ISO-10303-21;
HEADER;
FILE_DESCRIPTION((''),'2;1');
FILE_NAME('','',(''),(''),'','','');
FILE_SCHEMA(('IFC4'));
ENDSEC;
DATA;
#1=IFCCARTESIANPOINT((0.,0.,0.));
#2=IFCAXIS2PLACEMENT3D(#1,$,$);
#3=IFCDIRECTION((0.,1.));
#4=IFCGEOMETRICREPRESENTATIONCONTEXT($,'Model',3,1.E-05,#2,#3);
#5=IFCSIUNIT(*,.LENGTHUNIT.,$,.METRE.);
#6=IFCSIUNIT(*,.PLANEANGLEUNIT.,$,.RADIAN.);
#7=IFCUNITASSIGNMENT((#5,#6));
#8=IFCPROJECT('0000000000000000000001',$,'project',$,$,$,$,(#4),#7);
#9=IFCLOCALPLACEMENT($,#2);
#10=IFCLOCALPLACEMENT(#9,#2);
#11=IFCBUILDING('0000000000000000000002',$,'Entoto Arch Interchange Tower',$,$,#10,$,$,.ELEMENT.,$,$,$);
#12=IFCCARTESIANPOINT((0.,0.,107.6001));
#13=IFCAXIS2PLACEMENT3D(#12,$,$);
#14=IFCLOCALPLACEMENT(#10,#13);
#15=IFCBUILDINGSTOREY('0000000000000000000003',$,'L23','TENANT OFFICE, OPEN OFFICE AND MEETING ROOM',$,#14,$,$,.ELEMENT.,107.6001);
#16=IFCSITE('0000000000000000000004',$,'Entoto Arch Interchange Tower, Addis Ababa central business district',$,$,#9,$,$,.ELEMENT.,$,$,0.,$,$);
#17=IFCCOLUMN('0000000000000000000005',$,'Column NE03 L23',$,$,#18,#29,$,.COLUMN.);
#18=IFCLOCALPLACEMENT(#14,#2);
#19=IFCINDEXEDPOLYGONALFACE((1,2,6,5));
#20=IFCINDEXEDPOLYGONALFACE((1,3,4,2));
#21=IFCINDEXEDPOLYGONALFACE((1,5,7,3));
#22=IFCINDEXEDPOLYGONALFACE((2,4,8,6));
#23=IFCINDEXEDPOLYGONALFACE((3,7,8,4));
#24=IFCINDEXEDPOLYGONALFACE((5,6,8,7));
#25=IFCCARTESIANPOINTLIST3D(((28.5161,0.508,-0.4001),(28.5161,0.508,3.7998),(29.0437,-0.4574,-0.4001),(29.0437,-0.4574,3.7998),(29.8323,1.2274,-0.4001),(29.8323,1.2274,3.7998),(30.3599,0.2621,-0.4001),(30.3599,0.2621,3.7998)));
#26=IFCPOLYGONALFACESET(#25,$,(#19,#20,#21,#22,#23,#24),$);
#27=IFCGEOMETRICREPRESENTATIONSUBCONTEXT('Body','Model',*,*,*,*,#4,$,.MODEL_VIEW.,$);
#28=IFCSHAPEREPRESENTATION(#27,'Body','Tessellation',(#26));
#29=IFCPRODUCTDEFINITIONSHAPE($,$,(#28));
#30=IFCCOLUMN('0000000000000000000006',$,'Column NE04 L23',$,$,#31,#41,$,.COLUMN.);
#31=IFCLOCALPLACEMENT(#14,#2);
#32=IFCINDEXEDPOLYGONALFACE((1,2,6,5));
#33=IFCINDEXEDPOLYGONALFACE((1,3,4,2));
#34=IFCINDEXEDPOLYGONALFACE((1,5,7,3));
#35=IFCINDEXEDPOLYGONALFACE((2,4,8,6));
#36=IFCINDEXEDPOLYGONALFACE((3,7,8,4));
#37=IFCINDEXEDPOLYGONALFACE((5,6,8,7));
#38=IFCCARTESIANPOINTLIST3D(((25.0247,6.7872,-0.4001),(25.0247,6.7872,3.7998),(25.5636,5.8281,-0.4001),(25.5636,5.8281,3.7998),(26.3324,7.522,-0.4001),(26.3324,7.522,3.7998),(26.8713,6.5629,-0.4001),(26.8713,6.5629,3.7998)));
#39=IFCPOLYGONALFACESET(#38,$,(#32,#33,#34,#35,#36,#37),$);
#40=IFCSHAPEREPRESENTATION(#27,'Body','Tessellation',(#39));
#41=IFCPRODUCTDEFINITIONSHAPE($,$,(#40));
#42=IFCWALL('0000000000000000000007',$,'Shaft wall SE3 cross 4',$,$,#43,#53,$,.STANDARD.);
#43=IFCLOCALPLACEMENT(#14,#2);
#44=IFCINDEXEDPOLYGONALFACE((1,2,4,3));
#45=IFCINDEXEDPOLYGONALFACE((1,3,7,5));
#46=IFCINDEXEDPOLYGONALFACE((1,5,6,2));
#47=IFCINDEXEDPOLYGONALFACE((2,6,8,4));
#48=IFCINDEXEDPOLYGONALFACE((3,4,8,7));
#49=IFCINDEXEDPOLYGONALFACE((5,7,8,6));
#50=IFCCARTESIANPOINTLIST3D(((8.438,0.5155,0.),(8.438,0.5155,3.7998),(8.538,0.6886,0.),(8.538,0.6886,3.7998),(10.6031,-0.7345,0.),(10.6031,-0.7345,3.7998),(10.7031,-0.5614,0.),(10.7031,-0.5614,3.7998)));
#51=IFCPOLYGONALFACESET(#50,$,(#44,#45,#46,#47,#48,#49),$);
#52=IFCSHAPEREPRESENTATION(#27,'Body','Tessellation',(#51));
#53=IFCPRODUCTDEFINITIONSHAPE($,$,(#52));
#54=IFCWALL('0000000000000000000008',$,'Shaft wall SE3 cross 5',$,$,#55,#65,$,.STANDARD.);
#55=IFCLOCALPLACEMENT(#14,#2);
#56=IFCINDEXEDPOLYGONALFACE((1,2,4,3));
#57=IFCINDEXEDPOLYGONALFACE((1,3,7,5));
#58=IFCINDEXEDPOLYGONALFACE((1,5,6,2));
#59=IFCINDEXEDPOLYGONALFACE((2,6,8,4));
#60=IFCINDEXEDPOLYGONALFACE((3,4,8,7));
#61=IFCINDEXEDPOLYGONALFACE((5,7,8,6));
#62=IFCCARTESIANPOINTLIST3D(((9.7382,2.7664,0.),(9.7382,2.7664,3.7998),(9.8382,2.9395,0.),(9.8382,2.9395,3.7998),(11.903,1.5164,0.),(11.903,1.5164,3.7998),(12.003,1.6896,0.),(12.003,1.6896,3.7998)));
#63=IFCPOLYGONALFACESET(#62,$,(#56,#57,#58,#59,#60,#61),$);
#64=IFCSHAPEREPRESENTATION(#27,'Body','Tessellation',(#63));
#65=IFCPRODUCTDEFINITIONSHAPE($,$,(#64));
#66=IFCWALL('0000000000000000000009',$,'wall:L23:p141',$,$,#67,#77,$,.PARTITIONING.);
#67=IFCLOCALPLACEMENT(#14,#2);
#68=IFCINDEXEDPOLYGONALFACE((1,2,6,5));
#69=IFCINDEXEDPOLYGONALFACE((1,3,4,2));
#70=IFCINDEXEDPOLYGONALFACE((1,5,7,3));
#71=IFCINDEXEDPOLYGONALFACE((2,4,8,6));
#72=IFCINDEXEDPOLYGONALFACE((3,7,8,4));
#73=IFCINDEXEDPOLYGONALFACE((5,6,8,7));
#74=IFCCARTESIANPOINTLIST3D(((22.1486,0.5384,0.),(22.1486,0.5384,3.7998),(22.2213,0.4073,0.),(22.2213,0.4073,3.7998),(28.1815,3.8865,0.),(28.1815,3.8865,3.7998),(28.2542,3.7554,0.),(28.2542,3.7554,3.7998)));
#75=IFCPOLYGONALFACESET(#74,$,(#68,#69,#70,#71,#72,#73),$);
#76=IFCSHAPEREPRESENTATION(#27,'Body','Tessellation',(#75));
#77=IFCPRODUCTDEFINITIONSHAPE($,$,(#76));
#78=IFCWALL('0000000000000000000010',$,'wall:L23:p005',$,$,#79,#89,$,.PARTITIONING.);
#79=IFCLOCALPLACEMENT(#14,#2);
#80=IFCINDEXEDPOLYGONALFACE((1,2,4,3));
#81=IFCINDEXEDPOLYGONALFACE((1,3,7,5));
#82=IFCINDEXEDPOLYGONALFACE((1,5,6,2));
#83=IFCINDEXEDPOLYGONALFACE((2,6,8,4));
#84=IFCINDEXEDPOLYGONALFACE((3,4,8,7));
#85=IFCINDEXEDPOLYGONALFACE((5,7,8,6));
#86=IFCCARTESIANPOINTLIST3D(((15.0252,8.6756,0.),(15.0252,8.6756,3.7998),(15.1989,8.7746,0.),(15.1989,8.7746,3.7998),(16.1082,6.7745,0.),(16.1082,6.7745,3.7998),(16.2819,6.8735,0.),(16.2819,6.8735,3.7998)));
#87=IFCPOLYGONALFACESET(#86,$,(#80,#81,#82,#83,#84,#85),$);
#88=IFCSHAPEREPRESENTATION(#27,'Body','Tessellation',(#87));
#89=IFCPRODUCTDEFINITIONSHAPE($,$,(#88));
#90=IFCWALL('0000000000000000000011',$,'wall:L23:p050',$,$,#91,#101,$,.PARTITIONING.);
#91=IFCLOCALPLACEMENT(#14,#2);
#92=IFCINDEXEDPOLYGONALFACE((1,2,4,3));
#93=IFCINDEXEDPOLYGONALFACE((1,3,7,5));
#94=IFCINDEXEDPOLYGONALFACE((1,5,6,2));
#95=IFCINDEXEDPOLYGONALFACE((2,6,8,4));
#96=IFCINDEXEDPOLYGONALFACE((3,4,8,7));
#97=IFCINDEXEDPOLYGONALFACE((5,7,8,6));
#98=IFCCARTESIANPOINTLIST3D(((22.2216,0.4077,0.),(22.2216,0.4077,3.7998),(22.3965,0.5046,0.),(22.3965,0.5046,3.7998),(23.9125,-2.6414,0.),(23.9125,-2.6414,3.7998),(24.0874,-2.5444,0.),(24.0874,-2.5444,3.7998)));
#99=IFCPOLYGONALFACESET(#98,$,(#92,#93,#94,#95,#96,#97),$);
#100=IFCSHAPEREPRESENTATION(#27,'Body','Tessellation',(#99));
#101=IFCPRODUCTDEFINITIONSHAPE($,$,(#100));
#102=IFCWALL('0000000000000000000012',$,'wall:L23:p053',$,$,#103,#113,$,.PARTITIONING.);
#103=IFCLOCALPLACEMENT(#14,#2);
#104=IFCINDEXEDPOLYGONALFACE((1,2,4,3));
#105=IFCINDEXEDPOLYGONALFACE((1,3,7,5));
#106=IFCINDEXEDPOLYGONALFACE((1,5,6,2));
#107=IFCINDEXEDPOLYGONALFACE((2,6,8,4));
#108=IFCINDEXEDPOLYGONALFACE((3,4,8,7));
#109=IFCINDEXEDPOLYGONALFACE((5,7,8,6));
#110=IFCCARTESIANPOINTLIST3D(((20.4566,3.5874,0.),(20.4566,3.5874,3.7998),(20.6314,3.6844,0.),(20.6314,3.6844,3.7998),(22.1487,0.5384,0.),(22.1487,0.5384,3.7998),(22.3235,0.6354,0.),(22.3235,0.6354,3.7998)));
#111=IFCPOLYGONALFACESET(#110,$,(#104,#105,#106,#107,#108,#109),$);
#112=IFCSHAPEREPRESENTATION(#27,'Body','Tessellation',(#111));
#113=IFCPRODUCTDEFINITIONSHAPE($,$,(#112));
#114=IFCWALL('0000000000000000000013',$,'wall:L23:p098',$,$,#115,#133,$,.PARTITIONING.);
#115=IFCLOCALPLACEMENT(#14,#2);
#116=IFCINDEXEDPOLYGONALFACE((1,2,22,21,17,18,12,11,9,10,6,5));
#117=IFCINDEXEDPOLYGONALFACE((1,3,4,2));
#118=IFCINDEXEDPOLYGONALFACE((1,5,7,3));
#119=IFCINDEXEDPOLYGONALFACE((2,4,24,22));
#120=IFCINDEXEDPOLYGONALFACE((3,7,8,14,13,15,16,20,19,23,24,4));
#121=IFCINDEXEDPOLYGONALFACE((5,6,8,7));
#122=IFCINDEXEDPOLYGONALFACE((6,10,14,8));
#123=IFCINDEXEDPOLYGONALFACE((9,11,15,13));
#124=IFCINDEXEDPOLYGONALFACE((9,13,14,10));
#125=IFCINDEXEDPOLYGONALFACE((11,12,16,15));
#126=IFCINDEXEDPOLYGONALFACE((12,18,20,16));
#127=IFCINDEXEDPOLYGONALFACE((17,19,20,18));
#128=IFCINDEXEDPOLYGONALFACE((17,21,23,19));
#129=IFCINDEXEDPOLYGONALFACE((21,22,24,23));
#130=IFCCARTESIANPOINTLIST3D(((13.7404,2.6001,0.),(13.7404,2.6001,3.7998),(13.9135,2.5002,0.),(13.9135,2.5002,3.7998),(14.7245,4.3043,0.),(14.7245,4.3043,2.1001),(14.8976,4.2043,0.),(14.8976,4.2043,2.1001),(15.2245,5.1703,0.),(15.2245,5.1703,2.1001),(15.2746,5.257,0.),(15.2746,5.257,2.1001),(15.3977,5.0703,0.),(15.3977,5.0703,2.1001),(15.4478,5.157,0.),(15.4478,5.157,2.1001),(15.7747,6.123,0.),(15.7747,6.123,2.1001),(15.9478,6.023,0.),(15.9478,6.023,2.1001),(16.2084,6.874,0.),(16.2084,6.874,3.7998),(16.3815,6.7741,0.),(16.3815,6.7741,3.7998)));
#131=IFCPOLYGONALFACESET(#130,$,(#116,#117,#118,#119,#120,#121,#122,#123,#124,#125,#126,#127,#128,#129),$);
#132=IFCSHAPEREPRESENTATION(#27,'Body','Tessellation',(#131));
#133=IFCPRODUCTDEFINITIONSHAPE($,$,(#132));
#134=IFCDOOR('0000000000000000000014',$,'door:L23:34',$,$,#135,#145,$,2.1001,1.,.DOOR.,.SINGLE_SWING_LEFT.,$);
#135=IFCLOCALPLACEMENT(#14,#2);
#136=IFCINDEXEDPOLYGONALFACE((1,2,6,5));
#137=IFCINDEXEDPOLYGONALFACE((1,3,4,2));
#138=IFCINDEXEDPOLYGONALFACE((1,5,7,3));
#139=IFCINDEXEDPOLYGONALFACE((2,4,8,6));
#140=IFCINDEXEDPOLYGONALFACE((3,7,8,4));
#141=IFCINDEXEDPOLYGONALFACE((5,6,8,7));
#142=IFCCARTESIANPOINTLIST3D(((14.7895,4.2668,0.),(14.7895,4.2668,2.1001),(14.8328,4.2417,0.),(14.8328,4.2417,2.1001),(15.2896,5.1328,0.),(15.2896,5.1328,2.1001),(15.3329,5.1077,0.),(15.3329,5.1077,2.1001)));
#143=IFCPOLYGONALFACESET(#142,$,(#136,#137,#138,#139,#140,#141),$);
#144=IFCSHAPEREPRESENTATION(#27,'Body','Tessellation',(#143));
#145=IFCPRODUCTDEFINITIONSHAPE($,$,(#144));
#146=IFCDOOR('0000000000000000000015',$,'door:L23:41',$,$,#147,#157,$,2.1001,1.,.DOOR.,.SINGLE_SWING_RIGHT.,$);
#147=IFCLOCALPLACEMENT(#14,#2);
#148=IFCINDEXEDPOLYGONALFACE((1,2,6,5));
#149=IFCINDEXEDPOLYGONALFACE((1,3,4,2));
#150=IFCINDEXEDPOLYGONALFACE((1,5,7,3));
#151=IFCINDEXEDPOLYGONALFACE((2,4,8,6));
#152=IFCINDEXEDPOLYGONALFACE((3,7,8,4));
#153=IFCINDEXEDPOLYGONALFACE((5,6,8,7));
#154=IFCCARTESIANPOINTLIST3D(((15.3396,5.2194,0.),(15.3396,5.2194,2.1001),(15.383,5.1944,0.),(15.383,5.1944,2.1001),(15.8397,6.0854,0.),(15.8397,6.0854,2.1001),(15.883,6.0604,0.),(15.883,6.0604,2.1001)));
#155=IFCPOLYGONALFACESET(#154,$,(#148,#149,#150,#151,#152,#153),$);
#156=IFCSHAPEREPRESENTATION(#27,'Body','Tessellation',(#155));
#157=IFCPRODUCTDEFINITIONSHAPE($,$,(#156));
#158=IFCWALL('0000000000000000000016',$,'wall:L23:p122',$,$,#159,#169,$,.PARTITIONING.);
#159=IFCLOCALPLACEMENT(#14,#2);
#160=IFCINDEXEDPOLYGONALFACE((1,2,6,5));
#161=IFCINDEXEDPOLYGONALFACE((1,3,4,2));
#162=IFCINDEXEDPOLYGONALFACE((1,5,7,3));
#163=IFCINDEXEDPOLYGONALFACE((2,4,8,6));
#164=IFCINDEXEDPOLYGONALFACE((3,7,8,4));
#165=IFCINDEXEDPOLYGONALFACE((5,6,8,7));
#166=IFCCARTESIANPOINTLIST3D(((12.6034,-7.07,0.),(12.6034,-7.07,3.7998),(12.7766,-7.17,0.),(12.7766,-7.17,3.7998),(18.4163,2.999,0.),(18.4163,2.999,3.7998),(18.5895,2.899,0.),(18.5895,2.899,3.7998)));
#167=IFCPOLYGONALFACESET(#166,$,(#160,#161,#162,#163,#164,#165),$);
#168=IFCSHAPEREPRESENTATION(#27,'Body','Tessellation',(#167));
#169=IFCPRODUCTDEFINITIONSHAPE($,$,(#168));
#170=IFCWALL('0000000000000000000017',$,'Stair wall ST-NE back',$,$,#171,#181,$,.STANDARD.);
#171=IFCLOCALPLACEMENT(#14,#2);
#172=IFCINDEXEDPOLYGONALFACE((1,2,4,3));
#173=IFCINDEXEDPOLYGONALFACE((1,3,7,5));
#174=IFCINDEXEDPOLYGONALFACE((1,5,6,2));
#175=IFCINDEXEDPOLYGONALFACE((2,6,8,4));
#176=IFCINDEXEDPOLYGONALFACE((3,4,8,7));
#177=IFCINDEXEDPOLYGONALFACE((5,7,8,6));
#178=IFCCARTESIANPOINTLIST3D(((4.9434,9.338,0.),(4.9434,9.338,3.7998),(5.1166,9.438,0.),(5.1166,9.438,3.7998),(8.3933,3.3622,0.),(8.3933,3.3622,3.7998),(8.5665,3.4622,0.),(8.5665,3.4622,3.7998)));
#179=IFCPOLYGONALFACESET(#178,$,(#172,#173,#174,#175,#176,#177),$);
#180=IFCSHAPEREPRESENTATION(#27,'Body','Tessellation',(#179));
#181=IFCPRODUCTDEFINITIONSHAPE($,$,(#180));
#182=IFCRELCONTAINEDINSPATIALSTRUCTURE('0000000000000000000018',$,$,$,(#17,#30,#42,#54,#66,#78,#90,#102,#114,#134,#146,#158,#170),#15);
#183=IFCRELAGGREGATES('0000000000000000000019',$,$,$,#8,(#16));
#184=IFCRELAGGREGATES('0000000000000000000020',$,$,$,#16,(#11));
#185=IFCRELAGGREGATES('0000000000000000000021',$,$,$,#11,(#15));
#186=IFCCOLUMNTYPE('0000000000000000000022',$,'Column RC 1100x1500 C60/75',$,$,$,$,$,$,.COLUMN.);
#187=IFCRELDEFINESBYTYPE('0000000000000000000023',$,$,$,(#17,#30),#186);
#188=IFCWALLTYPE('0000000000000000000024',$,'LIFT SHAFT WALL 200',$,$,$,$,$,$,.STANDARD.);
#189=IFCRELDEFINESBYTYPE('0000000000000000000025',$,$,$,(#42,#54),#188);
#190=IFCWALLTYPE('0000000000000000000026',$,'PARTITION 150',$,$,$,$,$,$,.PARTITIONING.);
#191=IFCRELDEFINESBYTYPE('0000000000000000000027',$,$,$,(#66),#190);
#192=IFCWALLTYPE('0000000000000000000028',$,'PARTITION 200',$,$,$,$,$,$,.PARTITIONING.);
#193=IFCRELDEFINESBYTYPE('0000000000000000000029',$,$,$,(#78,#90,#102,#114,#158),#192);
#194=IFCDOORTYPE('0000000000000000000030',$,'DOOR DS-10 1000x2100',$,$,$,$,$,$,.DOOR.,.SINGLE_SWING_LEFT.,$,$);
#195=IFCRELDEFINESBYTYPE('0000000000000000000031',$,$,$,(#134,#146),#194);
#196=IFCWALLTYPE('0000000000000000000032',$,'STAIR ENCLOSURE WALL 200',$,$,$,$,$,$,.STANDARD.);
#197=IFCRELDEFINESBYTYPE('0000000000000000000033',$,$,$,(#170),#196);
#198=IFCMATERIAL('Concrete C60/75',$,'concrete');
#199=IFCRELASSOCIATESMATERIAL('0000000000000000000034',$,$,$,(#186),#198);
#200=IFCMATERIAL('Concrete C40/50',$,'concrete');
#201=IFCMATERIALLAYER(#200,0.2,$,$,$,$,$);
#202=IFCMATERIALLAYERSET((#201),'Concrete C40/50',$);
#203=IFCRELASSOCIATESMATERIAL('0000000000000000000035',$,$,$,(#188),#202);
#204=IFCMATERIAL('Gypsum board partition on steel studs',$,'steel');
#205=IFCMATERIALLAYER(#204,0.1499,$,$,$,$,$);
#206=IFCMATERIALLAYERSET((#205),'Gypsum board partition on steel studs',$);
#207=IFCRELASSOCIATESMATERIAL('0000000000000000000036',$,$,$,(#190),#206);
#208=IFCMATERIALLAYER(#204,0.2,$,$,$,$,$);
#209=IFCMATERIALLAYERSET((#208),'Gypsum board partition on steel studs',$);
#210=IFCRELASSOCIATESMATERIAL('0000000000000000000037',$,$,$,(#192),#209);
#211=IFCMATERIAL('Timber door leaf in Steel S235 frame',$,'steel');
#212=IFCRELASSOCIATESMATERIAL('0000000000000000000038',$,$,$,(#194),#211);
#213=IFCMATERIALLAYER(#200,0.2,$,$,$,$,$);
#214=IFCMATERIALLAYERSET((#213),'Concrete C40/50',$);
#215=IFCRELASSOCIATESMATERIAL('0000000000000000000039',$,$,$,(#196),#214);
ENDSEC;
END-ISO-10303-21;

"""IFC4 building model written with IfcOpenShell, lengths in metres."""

from ifc_helpers import new_model, si_unit, direction, frame, frame_2d, origin, origin_2d, place, context, subcontext, project, spatial, rectangle, extrude, material, layer, layer_set, material_profile, profile_set, type_object, element, fill, save


model = new_model("IFC4")

# Units and contexts
model_context = context("Model", 3, precision=1e-05, world=origin(), true_north=direction((0.0, 1.0)))
body_context = subcontext(model_context, "Body", "Model", "MODEL_VIEW")
ifc_project = project(units=[si_unit("LENGTHUNIT", "METRE"), si_unit("PLANEANGLEUNIT", "RADIAN")], contexts=[model_context])

# Site, building, storey
site_placement = place(None, origin())
site = spatial("IfcSite", under=ifc_project, at=site_placement, Name="Entoto Arch Interchange Tower, Addis Ababa central business district", CompositionType="ELEMENT", RefElevation=0.0)
building_placement = place(site_placement, origin())
building = spatial("IfcBuilding", under=site, at=building_placement, Name="Entoto Arch Interchange Tower", CompositionType="ELEMENT")
storey_placement = place(building_placement, frame((0.0, 0.0, 107.6001)))
storey = spatial("IfcBuildingStorey", under=building, at=storey_placement, Name="L23", Description="TENANT OFFICE, OPEN OFFICE AND MEETING ROOM", CompositionType="ELEMENT", Elevation=107.6001)

# Columns
ifc_material_1 = material(Name="Concrete C60/75", Category="concrete")
ifc_material_profile = material_profile(ifc_material_1, rectangle(XDim=1.1001, YDim=1.5, at=origin_2d()))
ifc_profile_set = profile_set([ifc_material_profile], Name="Concrete C60/75")
column_type = type_object("IfcColumnType", Name="Column RC 1100x1500 C60/75", PredefinedType="COLUMN", material=ifc_profile_set)
for number, where, z_axis, x_axis, name in (
    (1, (29.438, 0.385, -0.4001), (0.0, 0.0, 1.0), (-0.479611, 0.877481, 0.0), "Column NE03 L23"),
    (2, (25.948, 6.675, -0.4001), (0.0, 0.0, 1.0), (-0.489839, 0.871813, 0.0), "Column NE04 L23"),
):
    element("IfcColumn", number, at=place(storey_placement, frame(where, z_axis=z_axis, x_axis=x_axis)), inside=storey, type_object=column_type, Name=name, PredefinedType="COLUMN", context=body_context, shape_type="SweptSolid", body=[
        extrude(rectangle(XDim=1.1001, YDim=1.5, at=origin_2d()), origin(), (0.0, 0.0, 1.0), 4.2),
    ])

# Walls
ifc_material_2 = material(Name="Concrete C40/50", Category="concrete")
ifc_layer_1 = layer(ifc_material_2, 0.2)
ifc_layer_set_1 = layer_set([ifc_layer_1], Name="Concrete C40/50")
wall_type_1 = type_object("IfcWallType", Name="LIFT SHAFT WALL 200", PredefinedType="STANDARD", material=ifc_layer_set_1)
wall_1_placement = place(storey_placement, frame((8.488, 0.6021, 0.0), z_axis=(0.0, 0.0, 1.0), x_axis=(0.866023, -0.500004, 0.0)))
element("IfcWall", 3, at=wall_1_placement, inside=storey, type_object=wall_type_1, Name="Shaft wall SE3 cross 4", PredefinedType="STANDARD", context=body_context, shape_type="SweptSolid", body=[
    extrude(rectangle(XDim=2.5, YDim=0.2, at=frame_2d((1.25, 0.0))), origin(), (0.0, 0.0, 1.0), 3.7998),
])
wall_2_placement = place(storey_placement, frame((9.7881, 2.853, 0.0), z_axis=(0.0, 0.0, 1.0), x_axis=(0.865999, -0.500047, 0.0)))
element("IfcWall", 4, at=wall_2_placement, inside=storey, type_object=wall_type_1, Name="Shaft wall SE3 cross 5", PredefinedType="STANDARD", context=body_context, shape_type="SweptSolid", body=[
    extrude(rectangle(XDim=2.4998, YDim=0.2, at=frame_2d((1.25, 0.0))), origin(), (0.0, 0.0, 1.0), 3.7998),
])
ifc_material_3 = material(Name="Gypsum board partition on steel studs", Category="steel")
ifc_layer_2 = layer(ifc_material_3, 0.1499)
ifc_layer_set_2 = layer_set([ifc_layer_2], Name="Gypsum board partition on steel studs")
wall_type_2 = type_object("IfcWallType", Name="PARTITION 150", PredefinedType="PARTITIONING", material=ifc_layer_set_2)
wall_3_placement = place(storey_placement, frame((22.1851, 0.4729, 0.0), z_axis=(0.0, 0.0, 1.0), x_axis=(0.874372, 0.485255, 0.0)))
element("IfcWall", 5, at=wall_3_placement, inside=storey, type_object=wall_type_2, Name="wall:L23:p141", PredefinedType="PARTITIONING", context=body_context, shape_type="SweptSolid", body=[
    extrude(rectangle(XDim=6.8997, YDim=0.1499, at=frame_2d((3.4497, 0.0))), origin(), (0.0, 0.0, 1.0), 3.7998),
])
ifc_layer_3 = layer(ifc_material_3, 0.2)
ifc_layer_set_3 = layer_set([ifc_layer_3], Name="Gypsum board partition on steel studs")
wall_type_3 = type_object("IfcWallType", Name="PARTITION 200", PredefinedType="PARTITIONING", material=ifc_layer_set_3)
wall_4_placement = place(storey_placement, frame((16.1951, 6.824, 0.0), z_axis=(0.0, 0.0, 1.0), x_axis=(-0.494985, 0.868902, 0.0)))
element("IfcWall", 6, at=wall_4_placement, inside=storey, type_object=wall_type_3, Name="wall:L23:p005", PredefinedType="PARTITIONING", context=body_context, shape_type="SweptSolid", body=[
    extrude(rectangle(XDim=2.188, YDim=0.2, at=frame_2d((1.094, 0.0))), origin(), (0.0, 0.0, 1.0), 3.7998),
])
wall_5_placement = place(storey_placement, frame((22.3091, 0.4561, 0.0), z_axis=(0.0, 0.0, 1.0), x_axis=(0.484983, -0.874524, 0.0)))
element("IfcWall", 7, at=wall_5_placement, inside=storey, type_object=wall_type_3, Name="wall:L23:p050", PredefinedType="PARTITIONING", context=body_context, shape_type="SweptSolid", body=[
    extrude(rectangle(XDim=3.4866, YDim=0.2, at=frame_2d((1.7432, 0.0))), origin(), (0.0, 0.0, 1.0), 3.7998),
])
wall_6_placement = place(storey_placement, frame((20.5439, 3.636, 0.0), z_axis=(0.0, 0.0, 1.0), x_axis=(0.485251, -0.874375, 0.0)))
element("IfcWall", 8, at=wall_6_placement, inside=storey, type_object=wall_type_3, Name="wall:L23:p053", PredefinedType="PARTITIONING", context=body_context, shape_type="SweptSolid", body=[
    extrude(rectangle(XDim=3.4871, YDim=0.2, at=frame_2d((1.7437, 0.0))), origin(), (0.0, 0.0, 1.0), 3.7998),
])

# Wall, openings, doors
wall_7_placement = place(storey_placement, frame((13.8269, 2.55, 0.0), z_axis=(0.0, 0.0, 1.0), x_axis=(0.500071, 0.865985, 0.0)))
wall_7 = element("IfcWall", 9, at=wall_7_placement, inside=storey, type_object=wall_type_3, Name="wall:L23:p098", PredefinedType="PARTITIONING", context=body_context, shape_type="SweptSolid", body=[
    extrude(rectangle(XDim=4.9353, YDim=0.2, at=frame_2d((2.4678, 0.0))), origin(), (0.0, 0.0, 1.0), 3.7998),
])
opening_1_placement = place(wall_7_placement, frame((1.968, 0.0, 0.0)))
opening_1 = element("IfcOpeningElement", 10, at=opening_1_placement, cuts=wall_7, PredefinedType="OPENING", context=body_context, shape_type="SweptSolid", body=[
    extrude(rectangle(XDim=1.0, YDim=2.1001, at=frame_2d((0.5, 1.05))), frame((0.0, 0.1099, 0.0), z_axis=(0.0, -1.0, 0.0), x_axis=(1.0, 0.0, 0.0)), (0.0, 0.0, 1.0), 0.22),
])
opening_2_placement = place(wall_7_placement, frame((3.0681, 0.0, 0.0)))
opening_2 = element("IfcOpeningElement", 11, at=opening_2_placement, cuts=wall_7, PredefinedType="OPENING", context=body_context, shape_type="SweptSolid", body=[
    extrude(rectangle(XDim=1.0, YDim=2.1001, at=frame_2d((0.5, 1.05))), frame((0.0, 0.1099, 0.0), z_axis=(0.0, -1.0, 0.0), x_axis=(1.0, 0.0, 0.0)), (0.0, 0.0, 1.0), 0.22),
])
ifc_material_4 = material(Name="Timber door leaf in Steel S235 frame", Category="steel")
door_type = type_object("IfcDoorType", Name="DOOR DS-10 1000x2100", OperationType="SINGLE_SWING_LEFT", PredefinedType="DOOR", material=ifc_material_4)
door_1_placement = place(opening_1_placement, origin())
door_1 = element("IfcDoor", 12, at=door_1_placement, inside=storey, type_object=door_type, Name="door:L23:34", OperationType="SINGLE_SWING_LEFT", OverallHeight=2.1001, OverallWidth=1.0, PredefinedType="DOOR", context=body_context, shape_type="SweptSolid", body=[
    extrude(rectangle(XDim=1.0, YDim=2.1001, at=frame_2d((0.5, 1.05))), frame((0.0, 0.0249, 0.0), z_axis=(0.0, -1.0, 0.0), x_axis=(1.0, 0.0, 0.0)), (0.0, 0.0, 1.0), 0.05),
])
fill(opening_1, door_1)
door_2_placement = place(opening_2_placement, origin())
door_2 = element("IfcDoor", 13, at=door_2_placement, inside=storey, type_object=door_type, Name="door:L23:41", OperationType="SINGLE_SWING_RIGHT", OverallHeight=2.1001, OverallWidth=1.0, PredefinedType="DOOR", context=body_context, shape_type="SweptSolid", body=[
    extrude(rectangle(XDim=1.0, YDim=2.1001, at=frame_2d((0.5, 1.05))), frame((0.0, 0.0249, 0.0), z_axis=(0.0, -1.0, 0.0), x_axis=(1.0, 0.0, 0.0)), (0.0, 0.0, 1.0), 0.05),
])
fill(opening_2, door_2)

# Walls
wall_8_placement = place(storey_placement, frame((18.5029, 2.949, 0.0), z_axis=(0.0, 0.0, 1.0), x_axis=(-0.499974, -0.86604, 0.0)))
element("IfcWall", 14, at=wall_8_placement, inside=storey, type_object=wall_type_3, Name="wall:L23:p122", PredefinedType="PARTITIONING", context=body_context, shape_type="SweptSolid", body=[
    extrude(rectangle(XDim=11.6265, YDim=0.2, at=frame_2d((5.8132, 0.0))), origin(), (0.0, 0.0, 1.0), 3.7998),
])
ifc_layer_4 = layer(ifc_material_2, 0.2)
ifc_layer_set_4 = layer_set([ifc_layer_4], Name="Concrete C40/50")
wall_type_4 = type_object("IfcWallType", Name="STAIR ENCLOSURE WALL 200", PredefinedType="STANDARD", material=ifc_layer_set_4)
wall_9_placement = place(storey_placement, frame((8.48, 3.4121, 0.0), z_axis=(0.0, 0.0, 1.0), x_axis=(-0.499979, 0.866038, 0.0)))
element("IfcWall", 15, at=wall_9_placement, inside=storey, type_object=wall_type_4, Name="Stair wall ST-NE back", PredefinedType="STANDARD", context=body_context, shape_type="SweptSolid", body=[
    extrude(rectangle(XDim=6.9001, YDim=0.2, at=frame_2d((3.4502, 0.0))), origin(), (0.0, 0.0, 1.0), 3.7998),
])

save(model, "model.ifc")
